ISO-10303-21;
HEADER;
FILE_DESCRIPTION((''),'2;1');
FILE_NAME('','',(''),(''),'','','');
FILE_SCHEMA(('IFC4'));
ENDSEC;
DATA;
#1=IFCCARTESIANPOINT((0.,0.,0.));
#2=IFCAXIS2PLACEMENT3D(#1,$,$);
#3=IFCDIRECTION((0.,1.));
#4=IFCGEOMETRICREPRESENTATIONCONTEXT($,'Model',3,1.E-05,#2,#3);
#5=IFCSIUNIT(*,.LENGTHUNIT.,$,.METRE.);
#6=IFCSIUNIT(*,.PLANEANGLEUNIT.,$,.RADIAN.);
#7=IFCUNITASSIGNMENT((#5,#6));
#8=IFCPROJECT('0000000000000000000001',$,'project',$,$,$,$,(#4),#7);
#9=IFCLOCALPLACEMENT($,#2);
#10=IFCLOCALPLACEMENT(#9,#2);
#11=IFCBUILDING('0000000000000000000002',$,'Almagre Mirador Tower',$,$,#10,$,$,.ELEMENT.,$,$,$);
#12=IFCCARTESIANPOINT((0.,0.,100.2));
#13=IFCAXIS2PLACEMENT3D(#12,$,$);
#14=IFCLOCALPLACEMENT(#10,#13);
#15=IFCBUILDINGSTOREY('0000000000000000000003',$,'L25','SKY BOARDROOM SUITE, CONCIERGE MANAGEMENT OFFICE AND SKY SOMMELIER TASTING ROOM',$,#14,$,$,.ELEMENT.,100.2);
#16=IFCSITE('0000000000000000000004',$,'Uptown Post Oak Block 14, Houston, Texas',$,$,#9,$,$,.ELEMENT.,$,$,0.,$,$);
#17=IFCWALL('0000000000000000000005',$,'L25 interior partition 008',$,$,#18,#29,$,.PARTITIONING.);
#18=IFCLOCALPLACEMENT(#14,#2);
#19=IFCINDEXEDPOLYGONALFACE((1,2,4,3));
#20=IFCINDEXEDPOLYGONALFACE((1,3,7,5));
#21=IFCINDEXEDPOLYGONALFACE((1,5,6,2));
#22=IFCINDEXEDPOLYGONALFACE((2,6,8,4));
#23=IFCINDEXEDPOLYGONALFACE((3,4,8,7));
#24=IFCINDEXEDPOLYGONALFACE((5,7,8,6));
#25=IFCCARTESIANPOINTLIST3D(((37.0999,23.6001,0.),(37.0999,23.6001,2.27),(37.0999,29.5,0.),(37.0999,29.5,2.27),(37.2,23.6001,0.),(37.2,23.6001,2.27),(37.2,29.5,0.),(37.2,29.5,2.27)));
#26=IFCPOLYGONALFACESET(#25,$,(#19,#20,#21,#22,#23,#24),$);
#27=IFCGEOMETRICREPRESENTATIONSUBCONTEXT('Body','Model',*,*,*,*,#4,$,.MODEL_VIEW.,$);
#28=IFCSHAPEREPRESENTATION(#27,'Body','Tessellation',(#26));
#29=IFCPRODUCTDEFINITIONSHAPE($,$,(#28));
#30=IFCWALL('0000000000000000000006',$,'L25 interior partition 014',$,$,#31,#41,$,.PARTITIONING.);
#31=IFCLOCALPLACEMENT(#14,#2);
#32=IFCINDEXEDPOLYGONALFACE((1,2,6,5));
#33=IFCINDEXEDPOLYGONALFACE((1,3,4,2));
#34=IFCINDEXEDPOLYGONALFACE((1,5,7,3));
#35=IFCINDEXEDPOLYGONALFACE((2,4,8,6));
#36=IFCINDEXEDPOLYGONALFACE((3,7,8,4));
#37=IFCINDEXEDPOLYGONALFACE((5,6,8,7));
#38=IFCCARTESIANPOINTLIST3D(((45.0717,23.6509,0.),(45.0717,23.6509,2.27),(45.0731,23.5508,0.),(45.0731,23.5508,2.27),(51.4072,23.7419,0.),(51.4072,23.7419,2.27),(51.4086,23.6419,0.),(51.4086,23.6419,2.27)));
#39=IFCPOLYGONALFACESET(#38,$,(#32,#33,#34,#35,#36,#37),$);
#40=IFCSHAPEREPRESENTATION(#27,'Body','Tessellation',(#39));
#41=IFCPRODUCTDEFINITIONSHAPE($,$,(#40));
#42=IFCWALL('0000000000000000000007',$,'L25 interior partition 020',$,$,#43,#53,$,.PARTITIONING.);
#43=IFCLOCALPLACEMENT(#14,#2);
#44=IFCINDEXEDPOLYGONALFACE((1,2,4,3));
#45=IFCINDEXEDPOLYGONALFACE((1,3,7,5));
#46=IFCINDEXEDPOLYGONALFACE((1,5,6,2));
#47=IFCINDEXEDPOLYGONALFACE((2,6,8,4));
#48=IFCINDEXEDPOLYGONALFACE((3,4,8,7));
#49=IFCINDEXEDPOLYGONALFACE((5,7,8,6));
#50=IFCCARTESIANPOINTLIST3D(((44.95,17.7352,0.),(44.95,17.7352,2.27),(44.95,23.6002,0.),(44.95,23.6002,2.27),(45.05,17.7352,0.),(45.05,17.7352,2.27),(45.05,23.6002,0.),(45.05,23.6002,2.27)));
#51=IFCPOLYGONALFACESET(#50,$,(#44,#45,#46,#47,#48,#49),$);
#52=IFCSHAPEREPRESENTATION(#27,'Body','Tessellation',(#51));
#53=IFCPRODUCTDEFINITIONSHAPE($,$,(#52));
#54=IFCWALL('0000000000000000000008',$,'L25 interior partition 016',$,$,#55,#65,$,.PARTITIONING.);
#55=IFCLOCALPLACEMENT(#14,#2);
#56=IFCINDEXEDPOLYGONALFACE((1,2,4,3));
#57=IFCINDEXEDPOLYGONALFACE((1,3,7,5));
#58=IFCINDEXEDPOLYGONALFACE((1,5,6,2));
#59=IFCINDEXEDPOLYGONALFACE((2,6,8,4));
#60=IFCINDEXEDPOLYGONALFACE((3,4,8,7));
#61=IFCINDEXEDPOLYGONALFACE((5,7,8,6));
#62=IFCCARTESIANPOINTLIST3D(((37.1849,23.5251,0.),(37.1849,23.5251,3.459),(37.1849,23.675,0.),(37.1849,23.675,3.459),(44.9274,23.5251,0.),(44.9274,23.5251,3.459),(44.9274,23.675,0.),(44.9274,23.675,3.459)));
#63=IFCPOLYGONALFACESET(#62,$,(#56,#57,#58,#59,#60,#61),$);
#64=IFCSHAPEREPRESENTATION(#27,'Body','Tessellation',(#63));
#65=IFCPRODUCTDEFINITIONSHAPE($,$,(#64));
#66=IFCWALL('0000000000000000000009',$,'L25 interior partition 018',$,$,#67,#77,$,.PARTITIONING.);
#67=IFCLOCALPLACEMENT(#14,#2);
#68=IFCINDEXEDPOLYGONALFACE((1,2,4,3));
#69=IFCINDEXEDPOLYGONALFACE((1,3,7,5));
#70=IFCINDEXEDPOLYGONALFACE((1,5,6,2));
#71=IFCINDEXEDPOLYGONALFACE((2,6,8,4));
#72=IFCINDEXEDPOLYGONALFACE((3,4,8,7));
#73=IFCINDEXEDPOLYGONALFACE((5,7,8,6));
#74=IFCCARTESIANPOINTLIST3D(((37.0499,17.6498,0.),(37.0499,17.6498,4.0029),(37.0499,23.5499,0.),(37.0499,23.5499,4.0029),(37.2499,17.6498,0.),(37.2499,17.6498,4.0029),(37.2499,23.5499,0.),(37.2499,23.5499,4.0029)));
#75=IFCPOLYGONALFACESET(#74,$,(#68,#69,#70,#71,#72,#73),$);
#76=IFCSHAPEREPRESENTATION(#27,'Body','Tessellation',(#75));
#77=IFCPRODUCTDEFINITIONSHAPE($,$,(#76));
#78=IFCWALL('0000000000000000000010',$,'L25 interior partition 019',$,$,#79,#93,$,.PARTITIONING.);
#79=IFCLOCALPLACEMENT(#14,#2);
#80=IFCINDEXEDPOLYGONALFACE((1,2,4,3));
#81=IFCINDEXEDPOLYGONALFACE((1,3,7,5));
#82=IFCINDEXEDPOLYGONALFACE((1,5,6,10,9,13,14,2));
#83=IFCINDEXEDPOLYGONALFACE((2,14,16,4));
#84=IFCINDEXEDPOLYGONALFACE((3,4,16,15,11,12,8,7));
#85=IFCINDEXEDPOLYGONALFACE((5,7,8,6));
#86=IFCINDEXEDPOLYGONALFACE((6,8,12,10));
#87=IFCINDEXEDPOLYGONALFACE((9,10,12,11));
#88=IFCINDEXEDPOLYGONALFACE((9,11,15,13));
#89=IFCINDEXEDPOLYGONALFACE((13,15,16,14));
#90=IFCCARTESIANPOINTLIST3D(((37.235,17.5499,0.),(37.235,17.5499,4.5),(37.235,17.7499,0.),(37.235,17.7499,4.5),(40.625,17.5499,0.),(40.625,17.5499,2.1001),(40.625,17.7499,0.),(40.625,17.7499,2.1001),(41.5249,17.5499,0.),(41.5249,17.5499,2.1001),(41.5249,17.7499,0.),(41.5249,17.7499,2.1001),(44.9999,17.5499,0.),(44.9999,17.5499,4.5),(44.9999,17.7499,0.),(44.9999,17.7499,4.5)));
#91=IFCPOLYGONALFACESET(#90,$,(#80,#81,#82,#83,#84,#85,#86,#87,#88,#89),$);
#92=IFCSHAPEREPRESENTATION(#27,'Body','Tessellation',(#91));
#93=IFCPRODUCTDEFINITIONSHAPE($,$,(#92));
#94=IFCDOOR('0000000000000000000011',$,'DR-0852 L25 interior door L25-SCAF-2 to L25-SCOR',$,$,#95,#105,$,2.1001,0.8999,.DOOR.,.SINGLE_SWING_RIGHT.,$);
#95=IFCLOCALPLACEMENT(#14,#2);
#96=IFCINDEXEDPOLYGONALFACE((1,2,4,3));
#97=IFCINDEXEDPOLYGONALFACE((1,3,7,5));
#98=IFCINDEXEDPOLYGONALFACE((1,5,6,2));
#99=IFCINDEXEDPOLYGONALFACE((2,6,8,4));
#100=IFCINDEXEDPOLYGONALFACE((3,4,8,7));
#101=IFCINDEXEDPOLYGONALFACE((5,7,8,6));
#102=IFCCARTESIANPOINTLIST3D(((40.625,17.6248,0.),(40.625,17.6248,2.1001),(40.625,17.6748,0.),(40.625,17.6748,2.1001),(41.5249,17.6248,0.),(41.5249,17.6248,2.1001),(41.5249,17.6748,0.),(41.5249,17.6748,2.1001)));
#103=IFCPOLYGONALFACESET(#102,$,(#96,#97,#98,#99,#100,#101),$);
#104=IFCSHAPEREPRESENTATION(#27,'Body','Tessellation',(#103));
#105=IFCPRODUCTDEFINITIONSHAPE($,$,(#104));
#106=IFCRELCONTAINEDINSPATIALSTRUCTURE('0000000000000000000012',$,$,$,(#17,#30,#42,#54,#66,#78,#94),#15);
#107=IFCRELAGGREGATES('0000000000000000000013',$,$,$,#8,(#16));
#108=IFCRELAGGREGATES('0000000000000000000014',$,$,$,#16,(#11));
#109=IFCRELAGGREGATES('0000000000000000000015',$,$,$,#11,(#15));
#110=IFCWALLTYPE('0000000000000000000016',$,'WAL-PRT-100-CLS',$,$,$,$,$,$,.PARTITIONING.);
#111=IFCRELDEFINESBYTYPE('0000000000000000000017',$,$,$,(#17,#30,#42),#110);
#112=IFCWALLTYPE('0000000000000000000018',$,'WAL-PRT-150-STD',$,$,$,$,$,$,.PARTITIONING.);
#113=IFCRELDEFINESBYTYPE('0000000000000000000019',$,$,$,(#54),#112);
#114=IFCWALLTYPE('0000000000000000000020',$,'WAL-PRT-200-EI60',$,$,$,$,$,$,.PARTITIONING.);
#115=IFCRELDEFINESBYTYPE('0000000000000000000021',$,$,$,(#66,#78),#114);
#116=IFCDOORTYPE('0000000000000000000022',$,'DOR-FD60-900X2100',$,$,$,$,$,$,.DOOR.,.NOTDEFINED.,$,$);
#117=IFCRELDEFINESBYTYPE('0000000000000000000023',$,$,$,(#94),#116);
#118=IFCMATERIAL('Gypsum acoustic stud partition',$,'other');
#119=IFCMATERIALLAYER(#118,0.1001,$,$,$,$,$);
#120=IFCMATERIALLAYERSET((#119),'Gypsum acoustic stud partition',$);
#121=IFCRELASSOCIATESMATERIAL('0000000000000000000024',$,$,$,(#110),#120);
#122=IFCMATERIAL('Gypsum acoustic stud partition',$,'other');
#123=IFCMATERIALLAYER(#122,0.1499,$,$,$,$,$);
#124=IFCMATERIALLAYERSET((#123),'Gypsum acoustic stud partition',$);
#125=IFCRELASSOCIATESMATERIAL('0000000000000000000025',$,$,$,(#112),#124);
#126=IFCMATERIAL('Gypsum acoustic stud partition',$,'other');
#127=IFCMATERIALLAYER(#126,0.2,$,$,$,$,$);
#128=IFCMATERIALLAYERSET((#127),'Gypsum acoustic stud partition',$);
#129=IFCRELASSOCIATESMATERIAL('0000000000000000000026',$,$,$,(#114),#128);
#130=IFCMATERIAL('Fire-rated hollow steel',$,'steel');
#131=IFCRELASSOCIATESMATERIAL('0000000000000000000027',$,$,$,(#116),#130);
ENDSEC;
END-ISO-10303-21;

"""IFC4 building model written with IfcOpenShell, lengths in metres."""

from ifc_helpers import new_model, si_unit, direction, frame, frame_2d, origin, place, context, subcontext, project, spatial, rectangle, extrude, material, layer, layer_set, type_object, element, fill, save


model = new_model("IFC4")

# Units and contexts
model_context = context("Model", 3, precision=1e-05, world=origin(), true_north=direction((0.0, 1.0)))
body_context = subcontext(model_context, "Body", "Model", "MODEL_VIEW")
ifc_project = project(units=[si_unit("LENGTHUNIT", "METRE"), si_unit("PLANEANGLEUNIT", "RADIAN")], contexts=[model_context])

# Site, building, storey
site_placement = place(None, origin())
site = spatial("IfcSite", under=ifc_project, at=site_placement, Name="Uptown Post Oak Block 14, Houston, Texas", CompositionType="ELEMENT", RefElevation=0.0)
building_placement = place(site_placement, origin())
building = spatial("IfcBuilding", under=site, at=building_placement, Name="Almagre Mirador Tower", CompositionType="ELEMENT")
storey_placement = place(building_placement, frame((0.0, 0.0, 100.2)))
storey = spatial("IfcBuildingStorey", under=building, at=storey_placement, Name="L25", Description="SKY BOARDROOM SUITE, CONCIERGE MANAGEMENT OFFICE AND SKY SOMMELIER TASTING ROOM", CompositionType="ELEMENT", Elevation=100.2)

# Walls
ifc_material_1 = material(Name="Gypsum acoustic stud partition", Category="other")
ifc_layer_1 = layer(ifc_material_1, 0.1001)
ifc_layer_set_1 = layer_set([ifc_layer_1], Name="Gypsum acoustic stud partition")
wall_type_1 = type_object("IfcWallType", Name="WAL-PRT-100-CLS", PredefinedType="PARTITIONING", material=ifc_layer_set_1)
wall_1_placement = place(storey_placement, frame((37.1499, 23.6001, 0.0), z_axis=(0.0, 0.0, 1.0), x_axis=(0.0, 1.0, 0.0)))
element("IfcWall", 1, at=wall_1_placement, inside=storey, type_object=wall_type_1, Name="L25 interior partition 008", PredefinedType="PARTITIONING", context=body_context, shape_type="SweptSolid", body=[
    extrude(rectangle(XDim=5.8999, YDim=0.1001, at=frame_2d((2.95, 0.0))), origin(), (0.0, 0.0, 1.0), 2.27),
])
wall_2_placement = place(storey_placement, frame((45.0725, 23.6008, 0.0), z_axis=(0.0, 0.0, 1.0), x_axis=(0.999897, 0.014372, 0.0)))
element("IfcWall", 2, at=wall_2_placement, inside=storey, type_object=wall_type_1, Name="L25 interior partition 014", PredefinedType="PARTITIONING", context=body_context, shape_type="SweptSolid", body=[
    extrude(rectangle(XDim=6.3362, YDim=0.1001, at=frame_2d((3.168, 0.0))), origin(), (0.0, 0.0, 1.0), 2.27),
])
wall_3_placement = place(storey_placement, frame((45.0, 17.7351, 0.0), z_axis=(0.0, 0.0, 1.0), x_axis=(0.0, 1.0, 0.0)))
element("IfcWall", 3, at=wall_3_placement, inside=storey, type_object=wall_type_1, Name="L25 interior partition 020", PredefinedType="PARTITIONING", context=body_context, shape_type="SweptSolid", body=[
    extrude(rectangle(XDim=5.865, YDim=0.1001, at=frame_2d((2.9326, 0.0))), origin(), (0.0, 0.0, 1.0), 2.27),
])
ifc_material_2 = material(Name="Gypsum acoustic stud partition", Category="other")
ifc_layer_2 = layer(ifc_material_2, 0.1499)
ifc_layer_set_2 = layer_set([ifc_layer_2], Name="Gypsum acoustic stud partition")
wall_type_2 = type_object("IfcWallType", Name="WAL-PRT-150-STD", PredefinedType="PARTITIONING", material=ifc_layer_set_2)
wall_4_placement = place(storey_placement, frame((37.1851, 23.6001, 0.0), z_axis=(0.0, 0.0, 1.0), x_axis=(1.0, 0.0, 0.0)))
element("IfcWall", 4, at=wall_4_placement, inside=storey, type_object=wall_type_2, Name="L25 interior partition 016", PredefinedType="PARTITIONING", context=body_context, shape_type="SweptSolid", body=[
    extrude(rectangle(XDim=7.7424, YDim=0.1499, at=frame_2d((3.8711, 0.0))), origin(), (0.0, 0.0, 1.0), 3.459),
])
ifc_material_3 = material(Name="Gypsum acoustic stud partition", Category="other")
ifc_layer_3 = layer(ifc_material_3, 0.2)
ifc_layer_set_3 = layer_set([ifc_layer_3], Name="Gypsum acoustic stud partition")
wall_type_3 = type_object("IfcWallType", Name="WAL-PRT-200-EI60", PredefinedType="PARTITIONING", material=ifc_layer_set_3)
wall_5_placement = place(storey_placement, frame((37.1499, 23.55, 0.0), z_axis=(0.0, 0.0, 1.0), x_axis=(0.0, -1.0, 0.0)))
element("IfcWall", 5, at=wall_5_placement, inside=storey, type_object=wall_type_3, Name="L25 interior partition 018", PredefinedType="PARTITIONING", context=body_context, shape_type="SweptSolid", body=[
    extrude(rectangle(XDim=5.9001, YDim=0.2, at=frame_2d((2.9502, 0.0))), origin(), (0.0, 0.0, 1.0), 4.0029),
])

# Wall, opening, door
wall_6_placement = place(storey_placement, frame((37.2351, 17.6499, 0.0), z_axis=(0.0, 0.0, 1.0), x_axis=(1.0, 0.0, 0.0)))
wall_6 = element("IfcWall", 6, at=wall_6_placement, inside=storey, type_object=wall_type_3, Name="L25 interior partition 019", PredefinedType="PARTITIONING", context=body_context, shape_type="SweptSolid", body=[
    extrude(rectangle(XDim=7.7649, YDim=0.2, at=frame_2d((3.8823, 0.0))), origin(), (0.0, 0.0, 1.0), 4.5),
])
opening_placement = place(wall_6_placement, frame((3.3899, 0.0, 0.0)))
opening = element("IfcOpeningElement", 7, at=opening_placement, cuts=wall_6, PredefinedType="OPENING", context=body_context, shape_type="SweptSolid", body=[
    extrude(rectangle(XDim=0.8999, YDim=2.1001, at=frame_2d((0.45, 1.05))), frame((0.0, 0.1101, 0.0), z_axis=(0.0, -1.0, 0.0), x_axis=(1.0, 0.0, 0.0)), (0.0, 0.0, 1.0), 0.22),
])
ifc_material_4 = material(Name="Fire-rated hollow steel", Category="steel")
door_type = type_object("IfcDoorType", Name="DOR-FD60-900X2100", OperationType="NOTDEFINED", PredefinedType="DOOR", material=ifc_material_4)
door_placement = place(opening_placement, origin())
door = element("IfcDoor", 8, at=door_placement, inside=storey, type_object=door_type, Name="DR-0852 L25 interior door L25-SCAF-2 to L25-SCOR", OperationType="SINGLE_SWING_RIGHT", OverallHeight=2.1001, OverallWidth=0.8999, PredefinedType="DOOR", context=body_context, shape_type="SweptSolid", body=[
    extrude(rectangle(XDim=0.8999, YDim=2.1001, at=frame_2d((0.45, 1.05))), frame((0.0, 0.0249, 0.0), z_axis=(0.0, -1.0, 0.0), x_axis=(1.0, 0.0, 0.0)), (0.0, 0.0, 1.0), 0.05),
])
fill(opening, door)

save(model, "model.ifc")
